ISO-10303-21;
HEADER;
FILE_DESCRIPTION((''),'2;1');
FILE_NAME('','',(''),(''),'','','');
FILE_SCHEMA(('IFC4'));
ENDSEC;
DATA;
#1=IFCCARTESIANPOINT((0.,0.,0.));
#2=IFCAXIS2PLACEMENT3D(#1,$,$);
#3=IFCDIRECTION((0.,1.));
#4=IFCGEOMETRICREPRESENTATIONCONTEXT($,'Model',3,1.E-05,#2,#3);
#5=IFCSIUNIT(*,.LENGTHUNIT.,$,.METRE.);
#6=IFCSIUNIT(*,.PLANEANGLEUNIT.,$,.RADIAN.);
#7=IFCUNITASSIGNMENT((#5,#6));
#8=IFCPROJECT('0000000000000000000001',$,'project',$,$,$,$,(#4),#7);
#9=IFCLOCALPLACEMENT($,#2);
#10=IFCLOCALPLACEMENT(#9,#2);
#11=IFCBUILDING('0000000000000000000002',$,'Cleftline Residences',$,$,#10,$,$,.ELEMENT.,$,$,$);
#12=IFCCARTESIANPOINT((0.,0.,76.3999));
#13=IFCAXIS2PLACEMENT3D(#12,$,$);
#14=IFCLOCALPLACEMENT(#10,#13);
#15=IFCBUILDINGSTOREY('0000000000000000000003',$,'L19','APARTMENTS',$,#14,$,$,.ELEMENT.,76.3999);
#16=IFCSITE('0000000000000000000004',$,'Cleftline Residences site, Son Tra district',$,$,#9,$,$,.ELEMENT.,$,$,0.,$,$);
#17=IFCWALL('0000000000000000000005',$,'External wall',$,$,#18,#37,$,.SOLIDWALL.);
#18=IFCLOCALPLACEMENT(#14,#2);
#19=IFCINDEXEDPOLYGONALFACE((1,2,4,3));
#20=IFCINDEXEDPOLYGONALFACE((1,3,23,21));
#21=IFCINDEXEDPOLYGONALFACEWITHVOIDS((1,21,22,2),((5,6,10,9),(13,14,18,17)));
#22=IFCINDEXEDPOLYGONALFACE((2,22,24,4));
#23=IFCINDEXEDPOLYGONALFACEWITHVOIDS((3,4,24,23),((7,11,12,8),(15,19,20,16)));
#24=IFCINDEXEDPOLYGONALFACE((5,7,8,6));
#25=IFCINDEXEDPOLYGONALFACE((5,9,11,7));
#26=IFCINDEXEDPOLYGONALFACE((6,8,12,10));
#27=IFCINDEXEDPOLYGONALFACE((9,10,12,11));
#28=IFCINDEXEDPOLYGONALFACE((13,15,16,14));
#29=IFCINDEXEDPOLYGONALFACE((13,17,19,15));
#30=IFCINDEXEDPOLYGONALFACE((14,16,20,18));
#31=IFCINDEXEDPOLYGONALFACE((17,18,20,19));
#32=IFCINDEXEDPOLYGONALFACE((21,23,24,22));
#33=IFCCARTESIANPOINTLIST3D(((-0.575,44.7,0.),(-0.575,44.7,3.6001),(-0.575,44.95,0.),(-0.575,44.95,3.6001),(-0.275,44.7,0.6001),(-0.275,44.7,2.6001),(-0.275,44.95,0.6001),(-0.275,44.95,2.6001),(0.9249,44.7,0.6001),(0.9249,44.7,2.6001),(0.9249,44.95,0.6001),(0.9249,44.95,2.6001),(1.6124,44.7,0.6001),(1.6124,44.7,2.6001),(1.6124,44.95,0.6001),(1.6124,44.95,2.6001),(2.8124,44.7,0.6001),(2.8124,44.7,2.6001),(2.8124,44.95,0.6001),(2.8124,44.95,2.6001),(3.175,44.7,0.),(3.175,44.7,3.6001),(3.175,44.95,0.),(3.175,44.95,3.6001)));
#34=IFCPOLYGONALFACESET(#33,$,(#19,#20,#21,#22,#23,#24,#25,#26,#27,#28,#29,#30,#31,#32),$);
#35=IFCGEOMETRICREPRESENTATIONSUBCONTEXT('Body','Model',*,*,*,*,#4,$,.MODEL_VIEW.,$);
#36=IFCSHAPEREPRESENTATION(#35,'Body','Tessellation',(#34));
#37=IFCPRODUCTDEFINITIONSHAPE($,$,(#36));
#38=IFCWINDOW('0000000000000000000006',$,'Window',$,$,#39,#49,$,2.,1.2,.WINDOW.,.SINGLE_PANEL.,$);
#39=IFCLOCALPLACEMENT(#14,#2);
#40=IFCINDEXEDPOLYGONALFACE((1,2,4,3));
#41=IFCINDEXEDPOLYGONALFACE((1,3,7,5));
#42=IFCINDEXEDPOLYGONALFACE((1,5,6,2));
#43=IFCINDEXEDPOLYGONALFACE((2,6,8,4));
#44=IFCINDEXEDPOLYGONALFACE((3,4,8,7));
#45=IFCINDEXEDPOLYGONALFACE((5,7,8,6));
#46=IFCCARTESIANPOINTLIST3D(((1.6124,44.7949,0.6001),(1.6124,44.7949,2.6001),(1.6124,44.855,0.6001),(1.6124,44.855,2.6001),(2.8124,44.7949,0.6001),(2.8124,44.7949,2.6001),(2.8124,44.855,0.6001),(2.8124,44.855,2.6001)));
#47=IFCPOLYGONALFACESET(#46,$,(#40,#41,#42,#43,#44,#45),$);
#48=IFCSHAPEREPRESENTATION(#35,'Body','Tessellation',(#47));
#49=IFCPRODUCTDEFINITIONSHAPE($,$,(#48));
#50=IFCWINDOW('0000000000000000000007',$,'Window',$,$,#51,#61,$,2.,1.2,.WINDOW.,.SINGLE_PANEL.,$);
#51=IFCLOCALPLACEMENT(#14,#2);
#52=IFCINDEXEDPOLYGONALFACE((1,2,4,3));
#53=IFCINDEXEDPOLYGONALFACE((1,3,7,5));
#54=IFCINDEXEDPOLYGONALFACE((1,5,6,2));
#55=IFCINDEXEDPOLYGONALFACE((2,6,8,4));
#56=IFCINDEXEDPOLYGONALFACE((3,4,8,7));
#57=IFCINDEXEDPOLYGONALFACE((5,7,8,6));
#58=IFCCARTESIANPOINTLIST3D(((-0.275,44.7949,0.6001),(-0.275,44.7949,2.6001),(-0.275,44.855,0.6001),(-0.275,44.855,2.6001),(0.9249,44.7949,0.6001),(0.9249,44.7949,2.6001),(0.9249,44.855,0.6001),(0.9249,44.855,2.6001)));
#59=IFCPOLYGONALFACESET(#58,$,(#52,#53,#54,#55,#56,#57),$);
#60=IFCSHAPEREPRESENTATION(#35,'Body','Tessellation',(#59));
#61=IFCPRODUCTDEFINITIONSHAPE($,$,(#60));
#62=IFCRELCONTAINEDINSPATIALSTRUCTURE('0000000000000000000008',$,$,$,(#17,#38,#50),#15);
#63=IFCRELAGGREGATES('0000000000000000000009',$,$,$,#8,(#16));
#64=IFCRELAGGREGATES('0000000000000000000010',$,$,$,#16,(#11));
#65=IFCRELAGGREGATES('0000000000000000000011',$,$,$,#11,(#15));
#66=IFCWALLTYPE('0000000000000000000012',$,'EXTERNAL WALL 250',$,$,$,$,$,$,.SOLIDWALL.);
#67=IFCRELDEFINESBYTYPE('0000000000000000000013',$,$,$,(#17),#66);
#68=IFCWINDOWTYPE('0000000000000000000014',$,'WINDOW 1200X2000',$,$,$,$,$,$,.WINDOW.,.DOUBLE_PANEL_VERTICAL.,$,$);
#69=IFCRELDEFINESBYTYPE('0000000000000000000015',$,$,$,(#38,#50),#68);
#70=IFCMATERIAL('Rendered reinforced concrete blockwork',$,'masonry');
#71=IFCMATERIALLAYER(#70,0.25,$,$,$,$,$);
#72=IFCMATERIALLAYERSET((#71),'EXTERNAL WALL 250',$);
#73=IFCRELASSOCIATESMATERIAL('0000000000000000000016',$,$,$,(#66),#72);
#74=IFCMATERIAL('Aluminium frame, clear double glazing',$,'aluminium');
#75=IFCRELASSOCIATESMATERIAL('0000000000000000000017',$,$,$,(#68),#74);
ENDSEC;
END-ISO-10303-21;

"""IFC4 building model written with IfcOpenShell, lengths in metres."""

from ifc_helpers import new_model, si_unit, direction, frame, frame_2d, origin, place, context, subcontext, project, spatial, rectangle, extrude, material, layer, layer_set, type_object, element, fill, save


model = new_model("IFC4")

# Units and contexts
model_context = context("Model", 3, precision=1e-05, world=origin(), true_north=direction((0.0, 1.0)))
body_context = subcontext(model_context, "Body", "Model", "MODEL_VIEW")
ifc_project = project(units=[si_unit("LENGTHUNIT", "METRE"), si_unit("PLANEANGLEUNIT", "RADIAN")], contexts=[model_context])

# Site, building, storey
site_placement = place(None, origin())
site = spatial("IfcSite", under=ifc_project, at=site_placement, Name="Cleftline Residences site, Son Tra district", CompositionType="ELEMENT", RefElevation=0.0)
building_placement = place(site_placement, origin())
building = spatial("IfcBuilding", under=site, at=building_placement, Name="Cleftline Residences", CompositionType="ELEMENT")
storey_placement = place(building_placement, frame((0.0, 0.0, 76.3999)))
storey = spatial("IfcBuildingStorey", under=building, at=storey_placement, Name="L19", Description="APARTMENTS", CompositionType="ELEMENT", Elevation=76.3999)

# Shared definitions
ifc_material_1 = material(Name="Rendered reinforced concrete blockwork", Category="masonry")
ifc_layer_1 = layer(ifc_material_1, 0.25)
ifc_layer_set_1 = layer_set([ifc_layer_1], Name="EXTERNAL WALL 250")
wall_type = type_object("IfcWallType", Name="EXTERNAL WALL 250", PredefinedType="SOLIDWALL", material=ifc_layer_set_1)

# Wall, openings, windows
wall_1_placement = place(storey_placement, frame((3.175, 44.825, 0.0), z_axis=(0.0, 0.0, 1.0), x_axis=(-1.0, 0.0, 0.0)))
wall_1 = element("IfcWall", 1, at=wall_1_placement, inside=storey, type_object=wall_type, Name="External wall", PredefinedType="SOLIDWALL", context=body_context, shape_type="SweptSolid", body=[
    extrude(rectangle(XDim=3.75, YDim=0.25, at=frame_2d((1.875, 0.0))), origin(), (0.0, 0.0, 1.0), 3.6001),
])
opening_1_placement = place(wall_1_placement, frame((0.3625, 0.0, 0.6001)))
opening_1 = element("IfcOpeningElement", 2, at=opening_1_placement, cuts=wall_1, PredefinedType="OPENING", context=body_context, shape_type="SweptSolid", body=[
    extrude(rectangle(XDim=1.2, YDim=2.0, at=frame_2d((0.6001, 1.0))), frame((0.0, 0.135, 0.0), z_axis=(0.0, -1.0, 0.0), x_axis=(1.0, 0.0, 0.0)), (0.0, 0.0, 1.0), 0.27),
])
opening_2_placement = place(wall_1_placement, frame((2.25, 0.0, 0.6001)))
opening_2 = element("IfcOpeningElement", 3, at=opening_2_placement, cuts=wall_1, PredefinedType="OPENING", context=body_context, shape_type="SweptSolid", body=[
    extrude(rectangle(XDim=1.2, YDim=2.0, at=frame_2d((0.6001, 1.0))), frame((0.0, 0.135, 0.0), z_axis=(0.0, -1.0, 0.0), x_axis=(1.0, 0.0, 0.0)), (0.0, 0.0, 1.0), 0.27),
])
ifc_material_2 = material(Name="Aluminium frame, clear double glazing", Category="aluminium")
window_type_1 = type_object("IfcWindowType", Name="WINDOW 1200X2000", PartitioningType="DOUBLE_PANEL_VERTICAL", PredefinedType="WINDOW", material=ifc_material_2)
window_1_placement = place(opening_1_placement, origin())
window_1 = element("IfcWindow", 4, at=window_1_placement, inside=storey, type_object=window_type_1, Name="Window", OverallHeight=2.0, OverallWidth=1.2, PartitioningType="SINGLE_PANEL", PredefinedType="WINDOW", context=body_context, shape_type="SweptSolid", body=[
    extrude(rectangle(XDim=1.2, YDim=2.0, at=frame_2d((0.6001, 1.0))), frame((0.0, 0.03, 0.0), z_axis=(0.0, -1.0, 0.0), x_axis=(1.0, 0.0, 0.0)), (0.0, 0.0, 1.0), 0.0601),
])
fill(opening_1, window_1)
window_2_placement = place(opening_2_placement, origin())
window_2 = element("IfcWindow", 5, at=window_2_placement, inside=storey, type_object=window_type_1, Name="Window", OverallHeight=2.0, OverallWidth=1.2, PartitioningType="SINGLE_PANEL", PredefinedType="WINDOW", context=body_context, shape_type="SweptSolid", body=[
    extrude(rectangle(XDim=1.2, YDim=2.0, at=frame_2d((0.6001, 1.0))), frame((0.0, 0.03, 0.0), z_axis=(0.0, -1.0, 0.0), x_axis=(1.0, 0.0, 0.0)), (0.0, 0.0, 1.0), 0.0601),
])
fill(opening_2, window_2)

save(model, "model.ifc")
